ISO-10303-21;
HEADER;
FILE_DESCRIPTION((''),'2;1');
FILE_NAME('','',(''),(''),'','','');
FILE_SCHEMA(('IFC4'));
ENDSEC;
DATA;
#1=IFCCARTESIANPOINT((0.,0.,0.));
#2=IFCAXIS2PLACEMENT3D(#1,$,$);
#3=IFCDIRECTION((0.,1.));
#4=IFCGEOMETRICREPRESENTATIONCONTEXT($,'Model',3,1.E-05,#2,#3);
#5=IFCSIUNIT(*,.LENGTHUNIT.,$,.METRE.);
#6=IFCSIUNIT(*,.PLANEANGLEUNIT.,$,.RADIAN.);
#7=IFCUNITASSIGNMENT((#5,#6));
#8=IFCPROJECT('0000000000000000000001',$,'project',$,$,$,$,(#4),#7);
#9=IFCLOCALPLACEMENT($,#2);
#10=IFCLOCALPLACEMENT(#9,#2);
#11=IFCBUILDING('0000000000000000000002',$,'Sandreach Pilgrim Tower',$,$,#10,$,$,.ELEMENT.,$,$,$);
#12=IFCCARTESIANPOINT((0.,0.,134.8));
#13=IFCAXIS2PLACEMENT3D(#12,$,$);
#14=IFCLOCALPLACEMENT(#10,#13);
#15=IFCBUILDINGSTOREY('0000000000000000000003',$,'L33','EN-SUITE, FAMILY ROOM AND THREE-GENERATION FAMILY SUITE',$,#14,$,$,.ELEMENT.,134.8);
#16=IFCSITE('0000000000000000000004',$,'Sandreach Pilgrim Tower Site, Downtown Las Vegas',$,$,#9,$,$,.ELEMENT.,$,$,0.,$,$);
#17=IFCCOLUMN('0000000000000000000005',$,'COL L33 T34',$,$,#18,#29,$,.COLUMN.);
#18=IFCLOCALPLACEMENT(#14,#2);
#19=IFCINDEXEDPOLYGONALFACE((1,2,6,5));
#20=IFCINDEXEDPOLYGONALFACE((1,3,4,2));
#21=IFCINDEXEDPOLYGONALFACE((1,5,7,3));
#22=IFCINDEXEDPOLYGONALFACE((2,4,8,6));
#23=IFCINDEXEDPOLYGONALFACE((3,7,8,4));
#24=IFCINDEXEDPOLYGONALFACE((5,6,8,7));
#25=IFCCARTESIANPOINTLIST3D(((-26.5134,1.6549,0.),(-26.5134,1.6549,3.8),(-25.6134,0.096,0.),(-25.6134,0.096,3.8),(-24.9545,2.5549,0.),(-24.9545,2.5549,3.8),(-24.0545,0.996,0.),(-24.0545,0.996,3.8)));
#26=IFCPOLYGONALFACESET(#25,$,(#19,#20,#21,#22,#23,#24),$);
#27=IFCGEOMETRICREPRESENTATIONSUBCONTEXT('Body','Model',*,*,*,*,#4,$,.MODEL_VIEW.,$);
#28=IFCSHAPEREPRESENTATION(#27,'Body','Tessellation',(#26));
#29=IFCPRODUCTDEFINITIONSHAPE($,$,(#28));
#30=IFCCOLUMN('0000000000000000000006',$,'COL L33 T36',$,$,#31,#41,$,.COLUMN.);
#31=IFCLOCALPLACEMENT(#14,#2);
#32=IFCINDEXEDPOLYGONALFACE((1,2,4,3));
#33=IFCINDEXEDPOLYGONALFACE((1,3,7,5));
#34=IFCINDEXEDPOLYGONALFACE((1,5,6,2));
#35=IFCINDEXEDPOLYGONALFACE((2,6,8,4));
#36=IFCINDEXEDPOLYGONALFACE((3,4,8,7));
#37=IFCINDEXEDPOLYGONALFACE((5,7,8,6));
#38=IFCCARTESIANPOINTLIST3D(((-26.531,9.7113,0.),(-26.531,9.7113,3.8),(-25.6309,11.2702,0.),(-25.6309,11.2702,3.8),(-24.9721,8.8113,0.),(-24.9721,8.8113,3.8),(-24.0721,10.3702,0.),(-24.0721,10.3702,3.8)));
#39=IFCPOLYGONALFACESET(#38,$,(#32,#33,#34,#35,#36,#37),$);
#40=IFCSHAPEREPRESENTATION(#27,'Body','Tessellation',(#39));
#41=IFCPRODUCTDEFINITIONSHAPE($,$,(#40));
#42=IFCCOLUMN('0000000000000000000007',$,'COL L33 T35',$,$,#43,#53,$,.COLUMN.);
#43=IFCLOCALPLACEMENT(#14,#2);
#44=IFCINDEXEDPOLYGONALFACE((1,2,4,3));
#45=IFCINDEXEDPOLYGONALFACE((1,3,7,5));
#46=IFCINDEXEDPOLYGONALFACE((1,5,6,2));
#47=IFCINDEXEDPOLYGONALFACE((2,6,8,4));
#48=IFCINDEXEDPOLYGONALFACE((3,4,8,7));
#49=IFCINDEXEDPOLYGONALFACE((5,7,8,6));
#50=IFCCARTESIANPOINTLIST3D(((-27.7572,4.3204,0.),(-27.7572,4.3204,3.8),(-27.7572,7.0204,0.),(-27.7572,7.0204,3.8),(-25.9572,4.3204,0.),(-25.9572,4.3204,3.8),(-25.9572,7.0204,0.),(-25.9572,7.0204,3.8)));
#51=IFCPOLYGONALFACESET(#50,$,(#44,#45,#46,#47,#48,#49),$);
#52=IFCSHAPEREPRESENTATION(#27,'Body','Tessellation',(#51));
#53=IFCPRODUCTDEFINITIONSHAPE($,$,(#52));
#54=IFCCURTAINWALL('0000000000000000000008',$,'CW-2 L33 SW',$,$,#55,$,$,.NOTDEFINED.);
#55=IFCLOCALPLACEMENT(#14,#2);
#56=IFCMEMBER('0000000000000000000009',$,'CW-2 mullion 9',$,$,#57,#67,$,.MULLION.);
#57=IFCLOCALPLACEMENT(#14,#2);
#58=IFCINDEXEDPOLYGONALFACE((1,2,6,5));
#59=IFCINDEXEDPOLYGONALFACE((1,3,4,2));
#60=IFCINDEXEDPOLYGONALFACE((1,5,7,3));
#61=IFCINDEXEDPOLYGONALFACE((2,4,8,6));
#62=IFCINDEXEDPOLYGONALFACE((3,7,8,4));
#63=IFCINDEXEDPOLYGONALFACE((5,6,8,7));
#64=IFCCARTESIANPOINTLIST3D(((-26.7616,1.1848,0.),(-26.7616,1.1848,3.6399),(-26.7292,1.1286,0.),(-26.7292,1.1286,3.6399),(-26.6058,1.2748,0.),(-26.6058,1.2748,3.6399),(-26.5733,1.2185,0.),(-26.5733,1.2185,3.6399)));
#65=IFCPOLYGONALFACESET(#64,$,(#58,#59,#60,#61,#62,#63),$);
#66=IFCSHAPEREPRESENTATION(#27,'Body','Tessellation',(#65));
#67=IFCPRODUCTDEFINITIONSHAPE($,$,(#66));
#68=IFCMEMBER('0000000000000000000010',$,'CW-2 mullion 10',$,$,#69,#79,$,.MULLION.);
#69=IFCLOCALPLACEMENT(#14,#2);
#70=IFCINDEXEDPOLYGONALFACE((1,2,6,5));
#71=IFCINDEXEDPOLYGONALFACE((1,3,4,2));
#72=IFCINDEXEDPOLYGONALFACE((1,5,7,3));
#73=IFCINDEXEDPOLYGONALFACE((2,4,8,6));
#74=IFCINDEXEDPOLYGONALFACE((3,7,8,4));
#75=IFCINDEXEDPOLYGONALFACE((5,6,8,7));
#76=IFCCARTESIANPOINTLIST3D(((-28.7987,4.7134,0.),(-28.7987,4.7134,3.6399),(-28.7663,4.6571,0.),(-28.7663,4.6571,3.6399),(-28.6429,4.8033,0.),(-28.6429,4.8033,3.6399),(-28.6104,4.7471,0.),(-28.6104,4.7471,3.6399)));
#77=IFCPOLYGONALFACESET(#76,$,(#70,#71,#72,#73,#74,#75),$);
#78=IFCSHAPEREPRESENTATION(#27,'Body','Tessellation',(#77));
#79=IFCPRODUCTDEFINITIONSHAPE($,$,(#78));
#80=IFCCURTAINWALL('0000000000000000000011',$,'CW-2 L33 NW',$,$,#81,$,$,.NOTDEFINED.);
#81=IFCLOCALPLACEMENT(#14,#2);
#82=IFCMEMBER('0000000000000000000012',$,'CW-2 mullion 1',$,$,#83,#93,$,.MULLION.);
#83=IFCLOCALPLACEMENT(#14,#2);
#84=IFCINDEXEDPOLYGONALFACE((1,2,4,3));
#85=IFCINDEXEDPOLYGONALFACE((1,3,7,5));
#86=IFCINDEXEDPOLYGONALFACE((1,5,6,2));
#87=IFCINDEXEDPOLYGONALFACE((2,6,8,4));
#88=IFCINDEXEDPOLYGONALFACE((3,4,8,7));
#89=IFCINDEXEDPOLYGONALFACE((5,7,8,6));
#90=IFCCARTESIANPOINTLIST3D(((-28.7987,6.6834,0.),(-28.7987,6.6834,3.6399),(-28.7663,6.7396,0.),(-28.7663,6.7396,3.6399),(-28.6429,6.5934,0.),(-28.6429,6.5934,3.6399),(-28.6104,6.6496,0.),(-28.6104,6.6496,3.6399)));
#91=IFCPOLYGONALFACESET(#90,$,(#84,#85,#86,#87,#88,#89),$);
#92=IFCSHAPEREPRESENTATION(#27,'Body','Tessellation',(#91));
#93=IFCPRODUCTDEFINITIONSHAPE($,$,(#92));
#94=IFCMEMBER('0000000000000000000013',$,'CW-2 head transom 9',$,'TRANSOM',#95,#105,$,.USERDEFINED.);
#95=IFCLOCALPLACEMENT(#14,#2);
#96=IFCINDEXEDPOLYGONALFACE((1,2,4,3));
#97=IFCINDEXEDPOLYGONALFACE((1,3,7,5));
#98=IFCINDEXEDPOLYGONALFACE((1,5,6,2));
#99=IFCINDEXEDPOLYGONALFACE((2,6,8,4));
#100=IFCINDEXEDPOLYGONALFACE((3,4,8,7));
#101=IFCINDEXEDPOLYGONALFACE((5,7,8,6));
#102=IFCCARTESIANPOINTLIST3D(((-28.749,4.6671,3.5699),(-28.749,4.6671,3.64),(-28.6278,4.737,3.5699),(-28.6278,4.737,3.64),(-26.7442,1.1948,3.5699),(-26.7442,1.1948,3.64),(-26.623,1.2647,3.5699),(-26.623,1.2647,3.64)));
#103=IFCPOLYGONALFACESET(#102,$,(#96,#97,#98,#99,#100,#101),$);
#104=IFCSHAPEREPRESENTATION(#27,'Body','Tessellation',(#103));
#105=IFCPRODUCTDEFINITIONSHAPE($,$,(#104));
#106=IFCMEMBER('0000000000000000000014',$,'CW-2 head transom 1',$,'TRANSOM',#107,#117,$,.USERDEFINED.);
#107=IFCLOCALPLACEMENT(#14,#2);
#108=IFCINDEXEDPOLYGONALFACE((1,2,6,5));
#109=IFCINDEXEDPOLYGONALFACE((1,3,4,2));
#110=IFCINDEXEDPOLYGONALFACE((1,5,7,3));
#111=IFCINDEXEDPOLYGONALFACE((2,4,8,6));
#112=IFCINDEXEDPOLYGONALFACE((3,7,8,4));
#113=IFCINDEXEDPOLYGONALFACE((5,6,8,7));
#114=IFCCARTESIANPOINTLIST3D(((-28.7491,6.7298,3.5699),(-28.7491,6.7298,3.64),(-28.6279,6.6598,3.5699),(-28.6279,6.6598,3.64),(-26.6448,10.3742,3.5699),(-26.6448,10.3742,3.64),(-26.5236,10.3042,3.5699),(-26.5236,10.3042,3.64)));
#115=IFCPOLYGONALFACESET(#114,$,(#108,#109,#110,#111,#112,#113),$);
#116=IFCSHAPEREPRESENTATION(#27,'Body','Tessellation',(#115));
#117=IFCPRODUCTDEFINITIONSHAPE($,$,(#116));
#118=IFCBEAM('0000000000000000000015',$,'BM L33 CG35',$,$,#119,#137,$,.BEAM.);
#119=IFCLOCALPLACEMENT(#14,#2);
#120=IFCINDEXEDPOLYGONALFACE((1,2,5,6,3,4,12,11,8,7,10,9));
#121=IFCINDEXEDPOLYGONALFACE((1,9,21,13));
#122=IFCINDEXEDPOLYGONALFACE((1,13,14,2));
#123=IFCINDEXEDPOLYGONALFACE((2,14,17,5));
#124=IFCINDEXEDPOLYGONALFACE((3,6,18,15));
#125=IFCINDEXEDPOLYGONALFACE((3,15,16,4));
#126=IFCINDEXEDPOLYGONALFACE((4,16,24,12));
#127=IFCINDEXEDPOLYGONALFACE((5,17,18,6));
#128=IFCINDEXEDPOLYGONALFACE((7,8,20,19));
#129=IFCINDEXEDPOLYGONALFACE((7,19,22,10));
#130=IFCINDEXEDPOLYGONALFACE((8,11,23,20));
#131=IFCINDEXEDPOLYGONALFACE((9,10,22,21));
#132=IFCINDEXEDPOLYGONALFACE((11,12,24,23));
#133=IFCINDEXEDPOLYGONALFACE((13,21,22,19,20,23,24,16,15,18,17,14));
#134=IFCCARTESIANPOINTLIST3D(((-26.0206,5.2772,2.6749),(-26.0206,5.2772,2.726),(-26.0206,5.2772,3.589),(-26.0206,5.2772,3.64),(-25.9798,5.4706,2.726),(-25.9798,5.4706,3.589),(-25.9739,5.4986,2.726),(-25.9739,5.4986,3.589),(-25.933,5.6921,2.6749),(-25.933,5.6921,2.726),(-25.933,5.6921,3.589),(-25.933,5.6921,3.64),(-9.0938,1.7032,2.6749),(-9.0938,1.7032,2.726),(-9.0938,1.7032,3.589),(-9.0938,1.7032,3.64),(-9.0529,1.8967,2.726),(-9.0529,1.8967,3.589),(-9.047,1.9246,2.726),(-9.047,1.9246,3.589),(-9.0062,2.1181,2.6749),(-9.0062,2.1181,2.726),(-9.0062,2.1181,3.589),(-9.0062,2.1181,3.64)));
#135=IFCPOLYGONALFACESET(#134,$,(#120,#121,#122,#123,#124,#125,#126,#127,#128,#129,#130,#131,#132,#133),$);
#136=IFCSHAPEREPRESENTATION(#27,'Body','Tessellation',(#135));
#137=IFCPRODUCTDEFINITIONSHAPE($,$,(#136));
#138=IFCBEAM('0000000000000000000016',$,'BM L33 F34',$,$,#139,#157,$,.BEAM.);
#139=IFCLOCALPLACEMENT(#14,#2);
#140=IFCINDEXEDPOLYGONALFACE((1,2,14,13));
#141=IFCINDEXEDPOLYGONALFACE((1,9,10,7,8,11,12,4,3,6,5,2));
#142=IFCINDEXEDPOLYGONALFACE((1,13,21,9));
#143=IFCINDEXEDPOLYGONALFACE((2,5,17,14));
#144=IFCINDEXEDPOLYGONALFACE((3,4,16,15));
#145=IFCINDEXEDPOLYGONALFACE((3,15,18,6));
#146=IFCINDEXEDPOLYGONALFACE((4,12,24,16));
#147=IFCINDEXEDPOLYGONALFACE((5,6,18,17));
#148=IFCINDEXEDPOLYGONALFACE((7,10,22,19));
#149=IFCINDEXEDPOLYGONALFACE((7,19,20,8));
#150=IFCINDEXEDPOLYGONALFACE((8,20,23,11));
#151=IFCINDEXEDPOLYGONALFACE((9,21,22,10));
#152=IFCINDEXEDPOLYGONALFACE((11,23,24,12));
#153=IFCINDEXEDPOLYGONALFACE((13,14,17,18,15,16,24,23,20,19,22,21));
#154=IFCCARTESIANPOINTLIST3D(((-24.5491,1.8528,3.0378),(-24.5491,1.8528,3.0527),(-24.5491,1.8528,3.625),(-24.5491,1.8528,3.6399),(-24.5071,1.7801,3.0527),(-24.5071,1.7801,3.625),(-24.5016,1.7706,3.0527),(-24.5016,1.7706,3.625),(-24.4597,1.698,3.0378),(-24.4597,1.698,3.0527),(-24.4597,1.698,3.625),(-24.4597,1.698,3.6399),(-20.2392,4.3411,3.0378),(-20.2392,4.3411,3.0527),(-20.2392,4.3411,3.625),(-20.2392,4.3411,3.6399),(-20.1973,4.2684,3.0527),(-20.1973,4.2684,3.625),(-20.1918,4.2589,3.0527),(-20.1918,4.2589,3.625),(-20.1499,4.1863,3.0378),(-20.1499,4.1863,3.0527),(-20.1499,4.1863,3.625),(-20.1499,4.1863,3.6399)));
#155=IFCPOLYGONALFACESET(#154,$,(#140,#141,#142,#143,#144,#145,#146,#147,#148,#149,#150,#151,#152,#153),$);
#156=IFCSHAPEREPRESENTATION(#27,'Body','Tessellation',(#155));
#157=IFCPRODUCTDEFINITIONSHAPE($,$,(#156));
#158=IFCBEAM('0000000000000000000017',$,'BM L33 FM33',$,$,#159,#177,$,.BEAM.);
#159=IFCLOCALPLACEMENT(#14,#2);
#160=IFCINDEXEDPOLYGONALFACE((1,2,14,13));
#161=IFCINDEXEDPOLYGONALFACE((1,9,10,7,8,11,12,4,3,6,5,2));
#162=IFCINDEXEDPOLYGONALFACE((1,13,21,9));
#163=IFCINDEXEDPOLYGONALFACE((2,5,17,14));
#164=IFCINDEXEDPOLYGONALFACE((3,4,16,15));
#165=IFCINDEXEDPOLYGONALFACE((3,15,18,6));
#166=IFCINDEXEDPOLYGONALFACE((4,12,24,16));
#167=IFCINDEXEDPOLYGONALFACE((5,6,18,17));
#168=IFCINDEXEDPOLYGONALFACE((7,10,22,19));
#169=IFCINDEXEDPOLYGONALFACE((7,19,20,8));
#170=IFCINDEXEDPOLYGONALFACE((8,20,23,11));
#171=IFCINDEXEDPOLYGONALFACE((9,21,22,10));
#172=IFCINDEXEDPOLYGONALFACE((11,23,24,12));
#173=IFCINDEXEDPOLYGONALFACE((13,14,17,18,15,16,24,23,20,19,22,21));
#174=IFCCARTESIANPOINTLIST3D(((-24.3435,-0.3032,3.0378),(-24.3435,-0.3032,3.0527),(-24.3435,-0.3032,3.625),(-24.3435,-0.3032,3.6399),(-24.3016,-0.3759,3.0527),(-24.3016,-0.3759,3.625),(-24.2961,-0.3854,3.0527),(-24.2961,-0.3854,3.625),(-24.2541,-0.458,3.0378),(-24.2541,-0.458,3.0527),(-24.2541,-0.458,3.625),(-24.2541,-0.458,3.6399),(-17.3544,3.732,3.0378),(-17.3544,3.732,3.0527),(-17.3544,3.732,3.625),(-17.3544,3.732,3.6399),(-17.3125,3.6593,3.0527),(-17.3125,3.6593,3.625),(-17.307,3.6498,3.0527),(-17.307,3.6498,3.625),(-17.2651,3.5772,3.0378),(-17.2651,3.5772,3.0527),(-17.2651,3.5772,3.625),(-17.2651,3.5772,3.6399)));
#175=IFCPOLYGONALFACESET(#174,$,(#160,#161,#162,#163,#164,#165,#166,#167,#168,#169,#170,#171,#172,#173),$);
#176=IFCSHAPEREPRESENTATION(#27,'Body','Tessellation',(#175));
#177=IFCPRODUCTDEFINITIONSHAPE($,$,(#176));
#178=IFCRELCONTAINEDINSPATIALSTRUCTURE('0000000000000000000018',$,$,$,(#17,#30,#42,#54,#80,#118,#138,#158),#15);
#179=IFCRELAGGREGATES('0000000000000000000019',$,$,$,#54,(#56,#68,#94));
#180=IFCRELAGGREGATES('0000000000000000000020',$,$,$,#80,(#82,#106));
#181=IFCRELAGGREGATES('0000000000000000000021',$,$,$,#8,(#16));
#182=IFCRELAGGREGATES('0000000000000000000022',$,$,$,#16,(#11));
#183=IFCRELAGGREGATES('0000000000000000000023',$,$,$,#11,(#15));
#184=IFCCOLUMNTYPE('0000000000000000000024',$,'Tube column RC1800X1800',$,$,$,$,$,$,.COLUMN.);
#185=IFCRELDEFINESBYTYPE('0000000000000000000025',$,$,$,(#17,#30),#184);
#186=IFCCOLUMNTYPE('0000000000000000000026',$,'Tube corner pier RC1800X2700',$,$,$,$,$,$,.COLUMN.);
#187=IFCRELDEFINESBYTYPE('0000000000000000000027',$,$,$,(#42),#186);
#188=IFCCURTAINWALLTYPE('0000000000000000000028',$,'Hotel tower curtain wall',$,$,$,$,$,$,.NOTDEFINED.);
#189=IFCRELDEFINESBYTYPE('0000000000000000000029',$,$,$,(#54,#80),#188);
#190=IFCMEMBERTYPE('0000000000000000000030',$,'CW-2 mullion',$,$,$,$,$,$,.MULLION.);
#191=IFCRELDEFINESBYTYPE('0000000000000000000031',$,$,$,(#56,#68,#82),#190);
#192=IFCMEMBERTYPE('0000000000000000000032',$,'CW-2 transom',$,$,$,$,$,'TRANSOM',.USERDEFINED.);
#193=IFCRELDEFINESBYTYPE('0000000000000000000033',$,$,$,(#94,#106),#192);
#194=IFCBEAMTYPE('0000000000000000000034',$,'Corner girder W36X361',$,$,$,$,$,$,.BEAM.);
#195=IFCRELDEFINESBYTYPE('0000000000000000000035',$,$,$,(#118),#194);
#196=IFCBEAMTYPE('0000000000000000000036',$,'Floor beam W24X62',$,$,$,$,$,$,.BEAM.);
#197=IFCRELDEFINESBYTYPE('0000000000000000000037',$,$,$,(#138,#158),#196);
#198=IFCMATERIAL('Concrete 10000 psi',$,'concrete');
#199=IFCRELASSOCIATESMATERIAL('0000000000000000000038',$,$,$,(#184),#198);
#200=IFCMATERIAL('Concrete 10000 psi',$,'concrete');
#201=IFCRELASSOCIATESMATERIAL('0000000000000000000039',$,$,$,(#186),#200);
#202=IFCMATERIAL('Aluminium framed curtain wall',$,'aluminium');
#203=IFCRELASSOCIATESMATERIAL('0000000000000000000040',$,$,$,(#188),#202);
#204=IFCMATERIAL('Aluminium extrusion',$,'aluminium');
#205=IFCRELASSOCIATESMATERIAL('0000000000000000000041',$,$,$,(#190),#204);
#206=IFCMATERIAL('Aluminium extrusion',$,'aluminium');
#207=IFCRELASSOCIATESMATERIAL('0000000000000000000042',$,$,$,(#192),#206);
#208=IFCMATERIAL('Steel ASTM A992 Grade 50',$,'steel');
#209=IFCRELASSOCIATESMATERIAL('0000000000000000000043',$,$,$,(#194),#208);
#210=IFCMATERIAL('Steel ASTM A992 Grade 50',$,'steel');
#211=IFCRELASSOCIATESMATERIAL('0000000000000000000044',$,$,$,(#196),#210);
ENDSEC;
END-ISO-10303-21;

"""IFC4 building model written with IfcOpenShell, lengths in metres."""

from ifc_helpers import new_model, si_unit, direction, frame, origin, origin_2d, place, context, subcontext, project, spatial, rectangle, i_section, extrude, material, material_profile, profile_set, type_object, element, aggregate, save


model = new_model("IFC4")

# Units and contexts
model_context = context("Model", 3, precision=1e-05, world=origin(), true_north=direction((0.0, 1.0)))
body_context = subcontext(model_context, "Body", "Model", "MODEL_VIEW")
ifc_project = project(units=[si_unit("LENGTHUNIT", "METRE"), si_unit("PLANEANGLEUNIT", "RADIAN")], contexts=[model_context])

# Site, building, storey
site_placement = place(None, origin())
site = spatial("IfcSite", under=ifc_project, at=site_placement, Name="Sandreach Pilgrim Tower Site, Downtown Las Vegas", CompositionType="ELEMENT", RefElevation=0.0)
building_placement = place(site_placement, origin())
building = spatial("IfcBuilding", under=site, at=building_placement, Name="Sandreach Pilgrim Tower", CompositionType="ELEMENT")
storey_placement = place(building_placement, frame((0.0, 0.0, 134.8)))
storey = spatial("IfcBuildingStorey", under=building, at=storey_placement, Name="L33", Description="EN-SUITE, FAMILY ROOM AND THREE-GENERATION FAMILY SUITE", CompositionType="ELEMENT", Elevation=134.8)

# Columns
ifc_material_1 = material(Name="Concrete 10000 psi", Category="concrete")
ifc_material_profile_1 = material_profile(ifc_material_1, rectangle(XDim=1.8, YDim=1.8, at=origin_2d()), Name="RC1800X1800")
ifc_profile_set_1 = profile_set([ifc_material_profile_1], Name="Concrete 10000 psi")
column_type_1 = type_object("IfcColumnType", Name="Tube column RC1800X1800", PredefinedType="COLUMN", material=ifc_profile_set_1)
for number, where, z_axis, x_axis, name in (
    (1, (-25.2839, 1.3254, 0.0), (0.0, 0.0, 1.0), (-0.866025, -0.5, 0.0), "COL L33 T34"),
    (2, (-25.3015, 10.0408, 0.0), (0.0, 0.0, 1.0), (-0.866025, 0.5, 0.0), "COL L33 T36"),
):
    element("IfcColumn", number, at=place(storey_placement, frame(where, z_axis=z_axis, x_axis=x_axis)), inside=storey, type_object=column_type_1, Name=name, PredefinedType="COLUMN", context=body_context, shape_type="SweptSolid", body=[
        extrude(rectangle(XDim=1.8, YDim=1.8, at=origin_2d()), origin(), (0.0, 0.0, 1.0), 3.8),
    ])
ifc_material_2 = material(Name="Concrete 10000 psi", Category="concrete")
ifc_material_profile_2 = material_profile(ifc_material_2, rectangle(XDim=1.8, YDim=2.7, at=origin_2d()), Name="RC1800X2700")
ifc_profile_set_2 = profile_set([ifc_material_profile_2], Name="Concrete 10000 psi")
column_type_2 = type_object("IfcColumnType", Name="Tube corner pier RC1800X2700", PredefinedType="COLUMN", material=ifc_profile_set_2)
column_placement = place(storey_placement, frame((-26.8572, 5.6704, 0.0), z_axis=(0.0, 0.0, 1.0), x_axis=(-1.0, 0.0, 0.0)))
element("IfcColumn", 3, at=column_placement, inside=storey, type_object=column_type_2, Name="COL L33 T35", PredefinedType="COLUMN", context=body_context, shape_type="SweptSolid", body=[
    extrude(rectangle(XDim=1.8, YDim=2.7, at=origin_2d()), origin(), (0.0, 0.0, 1.0), 3.8),
])

# Curtain wall, members
ifc_material_3 = material(Name="Aluminium framed curtain wall", Category="aluminium")
curtain_wall_type = type_object("IfcCurtainWallType", Name="Hotel tower curtain wall", PredefinedType="NOTDEFINED", material=ifc_material_3)
curtain_wall_1_placement = place(storey_placement, origin())
curtain_wall_1 = element("IfcCurtainWall", 4, at=curtain_wall_1_placement, inside=storey, type_object=curtain_wall_type, Name="CW-2 L33 SW", PredefinedType="NOTDEFINED")
ifc_material_4 = material(Name="Aluminium extrusion", Category="aluminium")
ifc_material_profile_3 = material_profile(ifc_material_4, rectangle(XDim=0.0649, YDim=0.1799, at=origin_2d()), Name="CW-2M 65X180")
ifc_profile_set_3 = profile_set([ifc_material_profile_3], Name="Aluminium extrusion")
member_type_1 = type_object("IfcMemberType", Name="CW-2 mullion", PredefinedType="MULLION", material=ifc_profile_set_3)
member_1_placement = place(storey_placement, frame((-26.6675, 1.2017, 0.0), z_axis=(0.0, 0.0, 1.0), x_axis=(-0.5, 0.866025, 0.0)))
member_1 = element("IfcMember", 5, at=member_1_placement, type_object=member_type_1, Name="CW-2 mullion 9", PredefinedType="MULLION", context=body_context, shape_type="SweptSolid", body=[
    extrude(rectangle(XDim=0.0649, YDim=0.1799, at=origin_2d()), origin(), (0.0, 0.0, 1.0), 3.6399),
])
member_2_placement = place(storey_placement, frame((-28.7046, 4.7302, 0.0), z_axis=(0.0, 0.0, 1.0), x_axis=(-0.5, 0.866025, 0.0)))
member_2 = element("IfcMember", 6, at=member_2_placement, type_object=member_type_1, Name="CW-2 mullion 10", PredefinedType="MULLION", context=body_context, shape_type="SweptSolid", body=[
    extrude(rectangle(XDim=0.0649, YDim=0.1799, at=origin_2d()), origin(), (0.0, 0.0, 1.0), 3.6399),
])

# Curtain wall, member
curtain_wall_2_placement = place(storey_placement, origin())
curtain_wall_2 = element("IfcCurtainWall", 7, at=curtain_wall_2_placement, inside=storey, type_object=curtain_wall_type, Name="CW-2 L33 NW", PredefinedType="NOTDEFINED")
member_3_placement = place(storey_placement, frame((-28.7046, 6.6665, 0.0), z_axis=(0.0, 0.0, 1.0), x_axis=(0.5, 0.866025, 0.0)))
member_3 = element("IfcMember", 8, at=member_3_placement, type_object=member_type_1, Name="CW-2 mullion 1", PredefinedType="MULLION", context=body_context, shape_type="SweptSolid", body=[
    extrude(rectangle(XDim=0.0649, YDim=0.1799, at=origin_2d()), origin(), (0.0, 0.0, 1.0), 3.6399),
])

# Members
ifc_material_5 = material(Name="Aluminium extrusion", Category="aluminium")
ifc_material_profile_4 = material_profile(ifc_material_5, rectangle(XDim=0.1399, YDim=0.0701, at=origin_2d()), Name="CW-2T 140X70")
ifc_profile_set_4 = profile_set([ifc_material_profile_4], Name="Aluminium extrusion")
member_type_2 = type_object("IfcMemberType", Name="CW-2 transom", ElementType="TRANSOM", PredefinedType="USERDEFINED", material=ifc_profile_set_4)
member_4_placement = place(storey_placement, frame((-26.6836, 1.2297, 3.605), z_axis=(-0.500016, 0.866016, 0.0), x_axis=(-0.866016, -0.500016, 0.0)))
member_4 = element("IfcMember", 9, at=member_4_placement, type_object=member_type_2, Name="CW-2 head transom 9", ObjectType="TRANSOM", PredefinedType="USERDEFINED", context=body_context, shape_type="SweptSolid", body=[
    extrude(rectangle(XDim=0.1399, YDim=0.0701, at=origin_2d()), origin(), (0.0, 0.0, 1.0), 4.0095),
])
member_5_placement = place(storey_placement, frame((-28.6885, 6.6948, 3.605), z_axis=(0.500039, 0.866003, 0.0), x_axis=(-0.866003, 0.500039, 0.0)))
member_5 = element("IfcMember", 10, at=member_5_placement, type_object=member_type_2, Name="CW-2 head transom 1", ObjectType="TRANSOM", PredefinedType="USERDEFINED", context=body_context, shape_type="SweptSolid", body=[
    extrude(rectangle(XDim=0.1399, YDim=0.0701, at=origin_2d()), origin(), (0.0, 0.0, 1.0), 4.2083),
])

# Beams
ifc_material_6 = material(Name="Steel ASTM A992 Grade 50", Category="steel")
ifc_material_profile_5 = material_profile(ifc_material_6, i_section(OverallWidth=0.4241, OverallDepth=0.9651, WebThickness=0.0286, FlangeThickness=0.051, at=origin_2d()), Name="W36X361")
ifc_profile_set_5 = profile_set([ifc_material_profile_5], Name="Steel ASTM A992 Grade 50")
beam_type_1 = type_object("IfcBeamType", Name="Corner girder W36X361", PredefinedType="BEAM", material=ifc_profile_set_5)
beam_1_placement = place(storey_placement, frame((-25.9768, 5.4846, 3.1575), z_axis=(0.978428, -0.206589, 0.0), x_axis=(0.206589, 0.978428, 0.0)))
element("IfcBeam", 11, at=beam_1_placement, inside=storey, type_object=beam_type_1, Name="BM L33 CG35", PredefinedType="BEAM", context=body_context, shape_type="SweptSolid", body=[
    extrude(i_section(OverallWidth=0.4241, OverallDepth=0.9651, WebThickness=0.0286, FlangeThickness=0.051, at=origin_2d()), origin(), (0.0, 0.0, 1.0), 17.3),
])
ifc_material_7 = material(Name="Steel ASTM A992 Grade 50", Category="steel")
ifc_material_profile_6 = material_profile(ifc_material_7, i_section(OverallWidth=0.1787, OverallDepth=0.6021, WebThickness=0.011, FlangeThickness=0.0149, at=origin_2d()), Name="W24X62")
ifc_profile_set_6 = profile_set([ifc_material_profile_6], Name="Steel ASTM A992 Grade 50")
beam_type_2 = type_object("IfcBeamType", Name="Floor beam W24X62", PredefinedType="BEAM", material=ifc_profile_set_6)
beam_2_placement = place(storey_placement, frame((-24.5044, 1.7754, 3.3389), z_axis=(0.866025, 0.500001, 0.0), x_axis=(-0.500001, 0.866025, 0.0)))
element("IfcBeam", 12, at=beam_2_placement, inside=storey, type_object=beam_type_2, Name="BM L33 F34", PredefinedType="BEAM", context=body_context, shape_type="SweptSolid", body=[
    extrude(i_section(OverallWidth=0.1787, OverallDepth=0.6021, WebThickness=0.011, FlangeThickness=0.0149, at=origin_2d()), origin(), (0.0, 0.0, 1.0), 4.9766),
])
beam_3_placement = place(storey_placement, frame((-24.2988, -0.3806, 3.3389), z_axis=(0.866023, 0.500004, 0.0), x_axis=(-0.500004, 0.866023, 0.0)))
element("IfcBeam", 13, at=beam_3_placement, inside=storey, type_object=beam_type_2, Name="BM L33 FM33", PredefinedType="BEAM", context=body_context, shape_type="SweptSolid", body=[
    extrude(i_section(OverallWidth=0.1787, OverallDepth=0.6021, WebThickness=0.011, FlangeThickness=0.0149, at=origin_2d()), origin(), (0.0, 0.0, 1.0), 8.0703),
])

aggregate(curtain_wall_1, [member_1, member_2, member_4])
aggregate(curtain_wall_2, [member_3, member_5])

save(model, "model.ifc")
